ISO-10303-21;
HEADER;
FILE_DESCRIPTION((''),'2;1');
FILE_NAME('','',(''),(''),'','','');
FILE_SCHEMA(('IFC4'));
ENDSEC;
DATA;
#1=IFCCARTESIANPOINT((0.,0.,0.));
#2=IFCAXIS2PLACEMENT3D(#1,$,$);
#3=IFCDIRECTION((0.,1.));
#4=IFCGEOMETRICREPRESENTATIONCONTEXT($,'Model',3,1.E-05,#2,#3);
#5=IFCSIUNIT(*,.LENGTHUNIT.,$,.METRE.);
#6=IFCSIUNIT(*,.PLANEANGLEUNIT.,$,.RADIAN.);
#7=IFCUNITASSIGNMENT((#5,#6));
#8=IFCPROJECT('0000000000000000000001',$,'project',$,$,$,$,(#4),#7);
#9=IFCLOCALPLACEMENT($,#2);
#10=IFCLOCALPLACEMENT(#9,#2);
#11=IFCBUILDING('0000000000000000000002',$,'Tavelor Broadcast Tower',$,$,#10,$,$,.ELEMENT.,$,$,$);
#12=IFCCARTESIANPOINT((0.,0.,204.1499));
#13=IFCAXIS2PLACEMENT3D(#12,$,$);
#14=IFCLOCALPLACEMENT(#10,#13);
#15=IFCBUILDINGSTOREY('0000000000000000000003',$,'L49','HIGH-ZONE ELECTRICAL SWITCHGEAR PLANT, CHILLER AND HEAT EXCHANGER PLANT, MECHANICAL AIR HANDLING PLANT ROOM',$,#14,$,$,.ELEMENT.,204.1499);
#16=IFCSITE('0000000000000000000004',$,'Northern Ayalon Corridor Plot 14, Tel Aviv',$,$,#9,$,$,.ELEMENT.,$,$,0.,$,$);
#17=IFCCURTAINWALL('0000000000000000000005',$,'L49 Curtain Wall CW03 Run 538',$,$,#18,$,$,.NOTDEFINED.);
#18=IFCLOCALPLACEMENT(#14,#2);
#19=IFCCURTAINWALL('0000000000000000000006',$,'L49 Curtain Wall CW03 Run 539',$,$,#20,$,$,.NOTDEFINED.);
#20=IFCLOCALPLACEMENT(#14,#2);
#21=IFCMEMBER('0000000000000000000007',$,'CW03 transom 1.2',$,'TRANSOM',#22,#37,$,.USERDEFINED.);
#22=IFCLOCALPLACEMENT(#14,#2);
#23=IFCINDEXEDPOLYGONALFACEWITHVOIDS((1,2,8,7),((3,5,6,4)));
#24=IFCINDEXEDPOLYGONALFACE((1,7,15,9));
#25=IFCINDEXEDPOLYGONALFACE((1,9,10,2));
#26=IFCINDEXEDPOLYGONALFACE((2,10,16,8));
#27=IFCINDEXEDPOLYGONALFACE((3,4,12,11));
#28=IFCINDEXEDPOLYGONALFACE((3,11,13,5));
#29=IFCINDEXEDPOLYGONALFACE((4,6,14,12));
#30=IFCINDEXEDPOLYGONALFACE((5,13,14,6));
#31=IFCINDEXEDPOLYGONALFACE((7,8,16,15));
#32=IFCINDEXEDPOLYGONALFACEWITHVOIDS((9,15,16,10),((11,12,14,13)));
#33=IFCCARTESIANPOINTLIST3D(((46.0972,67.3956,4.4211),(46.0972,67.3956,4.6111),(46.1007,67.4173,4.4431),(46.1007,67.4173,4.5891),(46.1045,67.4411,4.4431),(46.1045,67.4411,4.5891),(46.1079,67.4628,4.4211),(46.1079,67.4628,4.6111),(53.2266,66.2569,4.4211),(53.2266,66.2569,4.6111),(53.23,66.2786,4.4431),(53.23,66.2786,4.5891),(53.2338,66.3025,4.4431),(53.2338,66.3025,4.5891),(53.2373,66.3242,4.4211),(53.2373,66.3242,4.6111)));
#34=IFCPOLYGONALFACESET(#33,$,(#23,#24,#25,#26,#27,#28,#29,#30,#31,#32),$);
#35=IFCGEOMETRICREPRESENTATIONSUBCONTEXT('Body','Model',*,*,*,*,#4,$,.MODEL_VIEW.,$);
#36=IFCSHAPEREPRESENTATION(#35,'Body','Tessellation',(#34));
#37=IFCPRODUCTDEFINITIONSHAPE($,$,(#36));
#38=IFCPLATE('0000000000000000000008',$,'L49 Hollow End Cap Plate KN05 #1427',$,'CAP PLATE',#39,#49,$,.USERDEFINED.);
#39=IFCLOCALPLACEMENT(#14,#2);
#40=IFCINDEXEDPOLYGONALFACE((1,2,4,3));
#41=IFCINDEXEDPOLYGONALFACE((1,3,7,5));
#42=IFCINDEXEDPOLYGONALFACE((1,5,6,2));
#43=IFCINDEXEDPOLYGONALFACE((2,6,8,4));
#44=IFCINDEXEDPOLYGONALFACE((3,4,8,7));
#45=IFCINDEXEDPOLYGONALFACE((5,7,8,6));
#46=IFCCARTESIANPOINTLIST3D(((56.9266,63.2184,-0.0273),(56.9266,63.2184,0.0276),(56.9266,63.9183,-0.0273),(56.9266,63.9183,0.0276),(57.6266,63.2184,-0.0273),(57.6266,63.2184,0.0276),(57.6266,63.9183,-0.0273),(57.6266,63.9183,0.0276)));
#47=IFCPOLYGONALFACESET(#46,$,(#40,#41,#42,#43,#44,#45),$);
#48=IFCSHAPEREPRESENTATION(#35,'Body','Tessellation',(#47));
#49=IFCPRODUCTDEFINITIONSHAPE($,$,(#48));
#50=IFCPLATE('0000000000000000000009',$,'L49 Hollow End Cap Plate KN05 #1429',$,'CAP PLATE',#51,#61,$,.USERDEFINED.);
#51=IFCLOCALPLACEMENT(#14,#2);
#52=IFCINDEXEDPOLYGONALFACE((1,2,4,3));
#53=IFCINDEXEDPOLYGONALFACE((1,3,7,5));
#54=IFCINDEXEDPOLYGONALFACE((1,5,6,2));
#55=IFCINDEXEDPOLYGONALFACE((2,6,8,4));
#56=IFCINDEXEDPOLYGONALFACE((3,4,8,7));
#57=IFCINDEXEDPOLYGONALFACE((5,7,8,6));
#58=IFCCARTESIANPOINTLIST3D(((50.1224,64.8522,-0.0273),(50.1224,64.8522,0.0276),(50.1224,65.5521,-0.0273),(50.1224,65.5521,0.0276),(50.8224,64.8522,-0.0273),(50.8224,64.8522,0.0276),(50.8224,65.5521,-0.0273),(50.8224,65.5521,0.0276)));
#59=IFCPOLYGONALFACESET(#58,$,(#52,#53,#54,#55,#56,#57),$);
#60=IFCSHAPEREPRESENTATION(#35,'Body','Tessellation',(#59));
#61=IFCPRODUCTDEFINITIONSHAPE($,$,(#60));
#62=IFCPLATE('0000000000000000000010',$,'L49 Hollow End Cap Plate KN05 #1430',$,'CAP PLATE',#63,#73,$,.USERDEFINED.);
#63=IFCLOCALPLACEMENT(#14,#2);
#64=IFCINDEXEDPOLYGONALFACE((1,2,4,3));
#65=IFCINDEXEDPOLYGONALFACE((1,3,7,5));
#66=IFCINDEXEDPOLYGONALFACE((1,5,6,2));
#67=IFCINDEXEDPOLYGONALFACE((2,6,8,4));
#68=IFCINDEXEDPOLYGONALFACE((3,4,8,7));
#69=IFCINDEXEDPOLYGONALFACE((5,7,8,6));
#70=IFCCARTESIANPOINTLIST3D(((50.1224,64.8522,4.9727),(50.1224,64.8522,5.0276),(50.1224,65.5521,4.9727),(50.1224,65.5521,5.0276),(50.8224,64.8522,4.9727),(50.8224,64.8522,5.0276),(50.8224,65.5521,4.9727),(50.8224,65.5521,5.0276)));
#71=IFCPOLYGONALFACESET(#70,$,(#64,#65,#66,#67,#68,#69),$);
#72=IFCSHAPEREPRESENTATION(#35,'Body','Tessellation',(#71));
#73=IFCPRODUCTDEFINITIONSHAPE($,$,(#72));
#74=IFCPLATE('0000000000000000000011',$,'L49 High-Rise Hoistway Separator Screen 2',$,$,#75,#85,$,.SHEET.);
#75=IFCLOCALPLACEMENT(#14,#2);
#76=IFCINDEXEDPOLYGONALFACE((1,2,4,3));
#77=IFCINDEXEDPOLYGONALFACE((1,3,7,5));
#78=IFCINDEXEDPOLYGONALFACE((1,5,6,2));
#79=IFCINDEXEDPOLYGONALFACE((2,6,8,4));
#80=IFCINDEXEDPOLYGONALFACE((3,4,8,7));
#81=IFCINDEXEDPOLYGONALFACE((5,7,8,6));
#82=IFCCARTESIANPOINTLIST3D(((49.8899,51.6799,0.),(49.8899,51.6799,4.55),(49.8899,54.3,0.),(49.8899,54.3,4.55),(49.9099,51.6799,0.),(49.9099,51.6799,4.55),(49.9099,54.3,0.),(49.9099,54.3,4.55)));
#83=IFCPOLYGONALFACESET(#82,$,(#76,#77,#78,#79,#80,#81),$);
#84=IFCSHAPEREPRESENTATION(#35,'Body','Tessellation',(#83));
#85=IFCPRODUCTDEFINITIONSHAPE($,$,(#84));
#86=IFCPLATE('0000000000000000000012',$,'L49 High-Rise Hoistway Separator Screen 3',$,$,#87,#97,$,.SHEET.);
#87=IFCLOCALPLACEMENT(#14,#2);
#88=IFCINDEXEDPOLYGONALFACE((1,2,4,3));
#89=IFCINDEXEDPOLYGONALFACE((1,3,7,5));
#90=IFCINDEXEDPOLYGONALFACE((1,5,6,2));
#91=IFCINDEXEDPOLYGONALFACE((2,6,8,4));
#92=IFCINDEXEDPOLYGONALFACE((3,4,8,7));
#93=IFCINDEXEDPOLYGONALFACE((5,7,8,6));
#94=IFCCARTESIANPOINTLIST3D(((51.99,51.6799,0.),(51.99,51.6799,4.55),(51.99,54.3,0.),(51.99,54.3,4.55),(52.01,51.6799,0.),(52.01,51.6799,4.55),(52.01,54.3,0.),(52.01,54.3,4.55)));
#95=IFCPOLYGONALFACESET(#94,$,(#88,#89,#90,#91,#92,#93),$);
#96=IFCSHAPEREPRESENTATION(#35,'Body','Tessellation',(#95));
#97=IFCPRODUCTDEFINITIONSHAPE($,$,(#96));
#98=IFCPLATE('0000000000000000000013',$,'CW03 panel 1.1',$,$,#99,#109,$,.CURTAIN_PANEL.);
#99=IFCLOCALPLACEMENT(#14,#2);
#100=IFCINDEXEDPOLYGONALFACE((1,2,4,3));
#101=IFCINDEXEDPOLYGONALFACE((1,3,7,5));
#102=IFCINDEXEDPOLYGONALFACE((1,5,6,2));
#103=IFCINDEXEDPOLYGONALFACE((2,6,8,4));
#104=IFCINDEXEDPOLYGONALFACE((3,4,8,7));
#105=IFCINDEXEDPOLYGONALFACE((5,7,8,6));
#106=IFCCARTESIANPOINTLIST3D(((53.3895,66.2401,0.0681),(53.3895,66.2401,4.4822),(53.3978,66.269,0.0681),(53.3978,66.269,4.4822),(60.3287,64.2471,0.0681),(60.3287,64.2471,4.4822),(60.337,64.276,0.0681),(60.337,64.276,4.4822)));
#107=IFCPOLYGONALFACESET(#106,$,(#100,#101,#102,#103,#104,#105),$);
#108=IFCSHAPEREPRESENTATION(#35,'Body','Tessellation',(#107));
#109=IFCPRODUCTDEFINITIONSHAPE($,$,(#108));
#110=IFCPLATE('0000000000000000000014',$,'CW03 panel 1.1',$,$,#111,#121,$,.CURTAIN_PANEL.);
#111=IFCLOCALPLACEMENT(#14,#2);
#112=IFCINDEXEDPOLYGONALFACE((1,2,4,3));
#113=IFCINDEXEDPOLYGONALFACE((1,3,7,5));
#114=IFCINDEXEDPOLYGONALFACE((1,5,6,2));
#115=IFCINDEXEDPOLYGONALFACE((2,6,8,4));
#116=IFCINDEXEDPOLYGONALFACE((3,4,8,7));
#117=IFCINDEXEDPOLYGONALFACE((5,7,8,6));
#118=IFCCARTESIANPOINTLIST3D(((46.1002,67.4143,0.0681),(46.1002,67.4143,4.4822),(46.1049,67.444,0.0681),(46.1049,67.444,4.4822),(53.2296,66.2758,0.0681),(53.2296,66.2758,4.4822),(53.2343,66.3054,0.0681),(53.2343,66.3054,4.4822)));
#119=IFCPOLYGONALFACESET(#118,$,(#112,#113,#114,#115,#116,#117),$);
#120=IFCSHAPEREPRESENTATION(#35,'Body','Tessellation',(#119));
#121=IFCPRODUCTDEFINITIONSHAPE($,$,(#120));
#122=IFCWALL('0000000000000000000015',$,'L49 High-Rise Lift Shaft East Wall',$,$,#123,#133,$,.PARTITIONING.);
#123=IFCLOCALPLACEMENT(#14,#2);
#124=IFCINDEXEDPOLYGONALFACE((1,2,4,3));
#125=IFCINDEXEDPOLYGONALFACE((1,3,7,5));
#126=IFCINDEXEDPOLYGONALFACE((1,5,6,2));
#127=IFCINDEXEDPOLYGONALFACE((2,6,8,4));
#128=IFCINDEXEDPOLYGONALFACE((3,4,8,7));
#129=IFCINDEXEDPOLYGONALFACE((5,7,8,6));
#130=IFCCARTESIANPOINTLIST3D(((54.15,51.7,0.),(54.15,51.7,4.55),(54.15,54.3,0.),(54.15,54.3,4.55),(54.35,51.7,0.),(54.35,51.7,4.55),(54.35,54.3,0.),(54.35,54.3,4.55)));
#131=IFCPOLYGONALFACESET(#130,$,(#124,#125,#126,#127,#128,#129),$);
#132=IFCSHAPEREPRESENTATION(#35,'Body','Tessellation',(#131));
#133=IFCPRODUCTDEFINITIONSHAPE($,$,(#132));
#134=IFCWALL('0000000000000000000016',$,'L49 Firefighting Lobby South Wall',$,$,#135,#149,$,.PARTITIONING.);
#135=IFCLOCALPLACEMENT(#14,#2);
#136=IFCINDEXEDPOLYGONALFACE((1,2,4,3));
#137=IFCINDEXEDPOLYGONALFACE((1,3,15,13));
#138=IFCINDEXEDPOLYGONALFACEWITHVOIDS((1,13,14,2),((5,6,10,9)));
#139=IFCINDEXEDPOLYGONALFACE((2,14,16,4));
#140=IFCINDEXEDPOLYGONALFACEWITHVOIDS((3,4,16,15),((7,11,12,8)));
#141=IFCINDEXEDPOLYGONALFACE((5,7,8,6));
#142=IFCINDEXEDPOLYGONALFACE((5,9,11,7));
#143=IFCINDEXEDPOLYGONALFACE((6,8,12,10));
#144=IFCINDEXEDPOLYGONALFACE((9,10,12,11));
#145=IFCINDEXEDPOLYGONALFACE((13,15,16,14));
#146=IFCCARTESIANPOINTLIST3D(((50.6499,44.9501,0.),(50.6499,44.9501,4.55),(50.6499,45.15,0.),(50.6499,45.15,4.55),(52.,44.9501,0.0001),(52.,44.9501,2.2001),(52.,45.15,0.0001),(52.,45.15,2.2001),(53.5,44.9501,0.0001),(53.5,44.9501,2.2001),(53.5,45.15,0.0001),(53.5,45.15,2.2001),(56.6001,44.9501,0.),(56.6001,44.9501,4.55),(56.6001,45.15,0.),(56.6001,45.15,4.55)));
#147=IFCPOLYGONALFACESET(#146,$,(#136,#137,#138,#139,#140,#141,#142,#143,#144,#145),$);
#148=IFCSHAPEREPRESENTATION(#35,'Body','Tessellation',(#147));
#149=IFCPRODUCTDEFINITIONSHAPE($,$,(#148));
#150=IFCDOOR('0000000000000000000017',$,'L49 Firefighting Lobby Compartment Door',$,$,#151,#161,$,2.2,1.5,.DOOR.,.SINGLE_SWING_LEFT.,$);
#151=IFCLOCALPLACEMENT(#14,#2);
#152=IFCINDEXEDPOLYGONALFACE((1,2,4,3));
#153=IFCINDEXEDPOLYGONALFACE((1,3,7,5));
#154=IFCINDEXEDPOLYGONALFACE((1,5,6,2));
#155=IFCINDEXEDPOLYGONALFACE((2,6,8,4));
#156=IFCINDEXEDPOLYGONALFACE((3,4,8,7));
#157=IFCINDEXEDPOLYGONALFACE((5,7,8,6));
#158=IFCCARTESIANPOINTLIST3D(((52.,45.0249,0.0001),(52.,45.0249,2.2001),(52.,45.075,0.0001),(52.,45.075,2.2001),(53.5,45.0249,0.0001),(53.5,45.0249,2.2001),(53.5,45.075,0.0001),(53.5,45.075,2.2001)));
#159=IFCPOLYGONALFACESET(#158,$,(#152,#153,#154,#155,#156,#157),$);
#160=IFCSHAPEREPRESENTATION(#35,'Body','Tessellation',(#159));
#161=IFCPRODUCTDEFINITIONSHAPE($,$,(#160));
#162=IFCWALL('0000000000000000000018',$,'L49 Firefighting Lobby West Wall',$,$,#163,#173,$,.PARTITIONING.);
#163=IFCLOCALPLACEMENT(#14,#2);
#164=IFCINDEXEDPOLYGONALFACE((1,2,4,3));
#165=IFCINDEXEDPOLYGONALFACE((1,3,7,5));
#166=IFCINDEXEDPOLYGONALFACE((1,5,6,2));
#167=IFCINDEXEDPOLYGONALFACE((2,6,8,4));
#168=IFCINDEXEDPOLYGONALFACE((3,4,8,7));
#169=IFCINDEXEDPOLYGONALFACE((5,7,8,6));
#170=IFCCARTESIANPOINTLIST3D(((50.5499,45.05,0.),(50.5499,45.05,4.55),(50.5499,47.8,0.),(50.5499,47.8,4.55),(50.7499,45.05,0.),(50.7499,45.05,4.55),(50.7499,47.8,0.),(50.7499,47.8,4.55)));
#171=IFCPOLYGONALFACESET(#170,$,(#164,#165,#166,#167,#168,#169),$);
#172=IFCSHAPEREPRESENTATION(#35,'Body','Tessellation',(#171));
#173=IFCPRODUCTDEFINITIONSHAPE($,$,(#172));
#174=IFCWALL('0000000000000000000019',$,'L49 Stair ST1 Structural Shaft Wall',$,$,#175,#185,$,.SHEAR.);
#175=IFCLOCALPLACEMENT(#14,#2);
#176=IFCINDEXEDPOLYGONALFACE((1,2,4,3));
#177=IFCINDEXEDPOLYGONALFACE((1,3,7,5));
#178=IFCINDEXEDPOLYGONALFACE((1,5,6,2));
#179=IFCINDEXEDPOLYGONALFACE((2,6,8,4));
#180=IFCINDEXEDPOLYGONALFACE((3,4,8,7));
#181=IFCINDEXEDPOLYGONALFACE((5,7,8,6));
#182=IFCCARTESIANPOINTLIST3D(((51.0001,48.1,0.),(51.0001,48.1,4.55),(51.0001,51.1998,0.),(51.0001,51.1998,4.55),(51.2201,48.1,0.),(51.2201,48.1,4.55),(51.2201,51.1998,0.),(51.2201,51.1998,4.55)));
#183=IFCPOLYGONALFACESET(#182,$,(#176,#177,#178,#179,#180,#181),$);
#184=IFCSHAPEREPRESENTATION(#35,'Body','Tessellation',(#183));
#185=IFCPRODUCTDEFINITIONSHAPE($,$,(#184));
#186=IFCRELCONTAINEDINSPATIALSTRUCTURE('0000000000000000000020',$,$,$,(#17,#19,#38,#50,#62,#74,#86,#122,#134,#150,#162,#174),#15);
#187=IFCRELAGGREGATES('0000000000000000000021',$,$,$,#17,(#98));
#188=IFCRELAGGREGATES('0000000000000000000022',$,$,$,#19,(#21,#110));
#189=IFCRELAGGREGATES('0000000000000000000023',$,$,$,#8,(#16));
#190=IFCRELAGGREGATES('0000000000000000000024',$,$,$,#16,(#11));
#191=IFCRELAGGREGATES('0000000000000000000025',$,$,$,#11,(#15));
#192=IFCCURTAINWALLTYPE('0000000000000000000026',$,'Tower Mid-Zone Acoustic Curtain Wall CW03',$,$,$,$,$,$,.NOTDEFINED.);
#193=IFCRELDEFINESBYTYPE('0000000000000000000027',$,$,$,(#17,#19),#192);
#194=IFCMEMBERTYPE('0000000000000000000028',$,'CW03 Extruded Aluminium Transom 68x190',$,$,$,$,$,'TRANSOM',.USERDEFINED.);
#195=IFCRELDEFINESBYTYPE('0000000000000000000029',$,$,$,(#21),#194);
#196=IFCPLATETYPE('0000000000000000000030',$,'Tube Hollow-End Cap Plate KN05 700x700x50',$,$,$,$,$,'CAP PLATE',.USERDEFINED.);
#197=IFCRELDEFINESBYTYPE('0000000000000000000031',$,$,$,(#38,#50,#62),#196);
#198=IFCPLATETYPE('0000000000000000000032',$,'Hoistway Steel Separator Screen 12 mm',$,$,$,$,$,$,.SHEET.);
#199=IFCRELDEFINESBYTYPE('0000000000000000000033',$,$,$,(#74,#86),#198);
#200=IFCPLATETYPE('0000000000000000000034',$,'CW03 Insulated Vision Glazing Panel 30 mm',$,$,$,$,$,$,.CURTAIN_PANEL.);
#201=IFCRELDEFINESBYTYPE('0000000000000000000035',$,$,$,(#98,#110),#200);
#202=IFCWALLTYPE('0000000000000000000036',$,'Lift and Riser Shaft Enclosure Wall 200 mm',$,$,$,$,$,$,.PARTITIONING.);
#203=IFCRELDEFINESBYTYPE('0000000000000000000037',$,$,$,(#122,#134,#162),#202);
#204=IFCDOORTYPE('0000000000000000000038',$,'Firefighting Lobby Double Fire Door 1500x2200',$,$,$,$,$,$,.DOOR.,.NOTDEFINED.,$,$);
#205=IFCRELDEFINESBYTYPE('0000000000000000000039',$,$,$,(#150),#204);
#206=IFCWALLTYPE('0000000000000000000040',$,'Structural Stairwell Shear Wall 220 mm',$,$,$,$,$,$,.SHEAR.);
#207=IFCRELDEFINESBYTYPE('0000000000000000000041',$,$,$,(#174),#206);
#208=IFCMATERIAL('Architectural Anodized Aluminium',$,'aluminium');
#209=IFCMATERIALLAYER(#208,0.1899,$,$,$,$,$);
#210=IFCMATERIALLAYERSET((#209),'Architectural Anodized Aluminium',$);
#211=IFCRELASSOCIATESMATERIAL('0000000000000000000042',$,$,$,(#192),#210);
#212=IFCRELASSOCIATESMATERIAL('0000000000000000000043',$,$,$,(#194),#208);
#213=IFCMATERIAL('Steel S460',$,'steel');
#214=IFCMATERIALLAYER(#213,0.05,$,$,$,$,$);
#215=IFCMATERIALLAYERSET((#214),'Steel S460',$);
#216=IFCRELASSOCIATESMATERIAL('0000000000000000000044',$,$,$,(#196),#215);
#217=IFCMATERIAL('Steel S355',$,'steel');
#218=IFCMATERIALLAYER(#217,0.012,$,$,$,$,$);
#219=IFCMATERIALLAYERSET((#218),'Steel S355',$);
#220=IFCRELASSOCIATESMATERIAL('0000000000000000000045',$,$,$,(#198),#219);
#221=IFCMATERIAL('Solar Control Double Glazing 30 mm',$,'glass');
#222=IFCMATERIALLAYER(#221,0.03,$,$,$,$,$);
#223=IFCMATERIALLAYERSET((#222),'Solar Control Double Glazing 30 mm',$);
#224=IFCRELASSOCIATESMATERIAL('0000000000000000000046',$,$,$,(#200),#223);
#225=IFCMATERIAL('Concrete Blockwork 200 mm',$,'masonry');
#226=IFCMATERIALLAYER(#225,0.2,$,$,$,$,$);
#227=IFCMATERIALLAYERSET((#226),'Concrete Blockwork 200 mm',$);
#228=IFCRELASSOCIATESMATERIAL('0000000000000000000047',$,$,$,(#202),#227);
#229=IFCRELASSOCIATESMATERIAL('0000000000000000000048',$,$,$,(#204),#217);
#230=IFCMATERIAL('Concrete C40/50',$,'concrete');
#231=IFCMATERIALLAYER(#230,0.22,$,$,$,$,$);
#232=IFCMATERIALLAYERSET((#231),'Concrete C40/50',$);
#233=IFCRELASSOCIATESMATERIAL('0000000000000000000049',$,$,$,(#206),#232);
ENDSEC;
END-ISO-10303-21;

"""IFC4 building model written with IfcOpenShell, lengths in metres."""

from ifc_helpers import new_model, si_unit, direction, frame, frame_2d, origin, origin_2d, place, context, subcontext, project, spatial, rectangle, hollow_rectangle, extrude, source, transform, mapped, material, layer, layer_set, material_profile, profile_set, type_object, type_shapes, element, fill, aggregate, save


model = new_model("IFC4")

# Units and contexts
model_context = context("Model", 3, precision=1e-05, world=origin(), true_north=direction((0.0, 1.0)))
body_context = subcontext(model_context, "Body", "Model", "MODEL_VIEW")
ifc_project = project(units=[si_unit("LENGTHUNIT", "METRE"), si_unit("PLANEANGLEUNIT", "RADIAN")], contexts=[model_context])

# Site, building, storey
site_placement = place(None, origin())
site = spatial("IfcSite", under=ifc_project, at=site_placement, Name="Northern Ayalon Corridor Plot 14, Tel Aviv", CompositionType="ELEMENT", RefElevation=0.0)
building_placement = place(site_placement, origin())
building = spatial("IfcBuilding", under=site, at=building_placement, Name="Tavelor Broadcast Tower", CompositionType="ELEMENT")
storey_placement = place(building_placement, frame((0.0, 0.0, 204.1499)))
storey = spatial("IfcBuildingStorey", under=building, at=storey_placement, Name="L49", Description="HIGH-ZONE ELECTRICAL SWITCHGEAR PLANT, CHILLER AND HEAT EXCHANGER PLANT, MECHANICAL AIR HANDLING PLANT ROOM", CompositionType="ELEMENT", Elevation=204.1499)

# Shared definitions
ifc_material_1 = material(Name="Steel S460", Category="steel")

# Shared definitions
ifc_material_2 = material(Name="Concrete C40/50", Category="concrete")
ifc_material_3 = material(Name="Steel S355", Category="steel")

# Curtain wall
ifc_material_4 = material(Name="Architectural Anodized Aluminium", Category="aluminium")
ifc_layer_1 = layer(ifc_material_4, 0.1899)
ifc_layer_set_1 = layer_set([ifc_layer_1], Name="Architectural Anodized Aluminium")
curtain_wall_type = type_object("IfcCurtainWallType", Name="Tower Mid-Zone Acoustic Curtain Wall CW03", PredefinedType="NOTDEFINED", material=ifc_layer_set_1)
curtain_wall_1_placement = place(storey_placement, origin())
curtain_wall_1 = element("IfcCurtainWall", 1, at=curtain_wall_1_placement, inside=storey, type_object=curtain_wall_type, Name="L49 Curtain Wall CW03 Run 538", PredefinedType="NOTDEFINED")

# Curtain wall, member
curtain_wall_2_placement = place(storey_placement, origin())
curtain_wall_2 = element("IfcCurtainWall", 2, at=curtain_wall_2_placement, inside=storey, type_object=curtain_wall_type, Name="L49 Curtain Wall CW03 Run 539", PredefinedType="NOTDEFINED")
ifc_material_profile_1 = material_profile(ifc_material_4, hollow_rectangle(XDim=0.0681, YDim=0.1899, WallThickness=0.022, at=origin_2d()), Name="RHS 68x190x22")
ifc_profile_set_1 = profile_set([ifc_material_profile_1], Name="Architectural Anodized Aluminium")
member_type_1 = type_object("IfcMemberType", Name="CW03 Extruded Aluminium Transom 68x190", ElementType="TRANSOM", PredefinedType="USERDEFINED", material=ifc_profile_set_1)
shared_shape_1 = source(origin(), body_context, "Body", "SweptSolid", [
    extrude(hollow_rectangle(XDim=0.0681, YDim=0.1899, WallThickness=0.022, at=origin_2d()), origin(), (0.0, 0.0, 1.0), 7.2197),
])
type_shapes(member_type_1, [shared_shape_1])
member_1_placement = place(storey_placement, frame((53.2319, 66.2905, 4.5161), z_axis=(-0.987484, 0.157716, 0.0), x_axis=(-0.157716, -0.987484, 0.0)))
member_1 = element("IfcMember", 3, at=member_1_placement, type_object=member_type_1, Name="CW03 transom 1.2", ObjectType="TRANSOM", PredefinedType="USERDEFINED", context=body_context, shape_type="MappedRepresentation", body=[
    mapped(shared_shape_1, transform((0.0, 0.0, 0.0), scale=1.0)),
])

# Plates
ifc_layer_2 = layer(ifc_material_1, 0.05)
ifc_layer_set_2 = layer_set([ifc_layer_2], Name="Steel S460")
plate_type_1 = type_object("IfcPlateType", Name="Tube Hollow-End Cap Plate KN05 700x700x50", ElementType="CAP PLATE", PredefinedType="USERDEFINED", material=ifc_layer_set_2)
shared_shape_2 = source(origin(), body_context, "Body", "SweptSolid", [
    extrude(rectangle(XDim=0.7, YDim=0.7, at=origin_2d()), origin(), (0.0, 0.0, 1.0), 0.0549),
])
type_shapes(plate_type_1, [shared_shape_2])
for number, where, z_axis, x_axis, name in (
    (4, (57.2766, 63.5684, -0.0273), (0.0, 0.0, 1.0), (1.0, 0.0, 0.0), "L49 Hollow End Cap Plate KN05 #1427"),
    (5, (50.4724, 65.2021, -0.0273), (0.0, 0.0, 1.0), (1.0, 0.0, 0.0), "L49 Hollow End Cap Plate KN05 #1429"),
    (6, (50.4724, 65.2021, 4.9727), (0.0, 0.0, 1.0), (1.0, 0.0, 0.0), "L49 Hollow End Cap Plate KN05 #1430"),
):
    element("IfcPlate", number, at=place(storey_placement, frame(where, z_axis=z_axis, x_axis=x_axis)), inside=storey, type_object=plate_type_1, Name=name, ObjectType="CAP PLATE", PredefinedType="USERDEFINED", context=body_context, shape_type="MappedRepresentation", body=[
        mapped(shared_shape_2, transform((0.0, 0.0, 0.0), scale=1.0)),
    ])
ifc_layer_3 = layer(ifc_material_3, 0.012)
ifc_layer_set_3 = layer_set([ifc_layer_3], Name="Steel S355")
plate_type_2 = type_object("IfcPlateType", Name="Hoistway Steel Separator Screen 12 mm", PredefinedType="SHEET", material=ifc_layer_set_3)
shared_shape_3 = source(origin(), body_context, "Body", "SweptSolid", [
    extrude(rectangle(XDim=0.02, YDim=2.6201, at=origin_2d()), origin(), (0.0, 0.0, 1.0), 4.55),
])
type_shapes(plate_type_2, [shared_shape_3])
for number, where, z_axis, x_axis, name in (
    (7, (49.8999, 52.99, 0.0), (0.0, 0.0, 1.0), (1.0, 0.0, 0.0), "L49 High-Rise Hoistway Separator Screen 2"),
    (8, (52.0, 52.99, 0.0), (0.0, 0.0, 1.0), (1.0, 0.0, 0.0), "L49 High-Rise Hoistway Separator Screen 3"),
):
    element("IfcPlate", number, at=place(storey_placement, frame(where, z_axis=z_axis, x_axis=x_axis)), inside=storey, type_object=plate_type_2, Name=name, PredefinedType="SHEET", context=body_context, shape_type="MappedRepresentation", body=[
        mapped(shared_shape_3, transform((0.0, 0.0, 0.0), scale=1.0)),
    ])

# Plates
ifc_material_5 = material(Name="Solar Control Double Glazing 30 mm", Category="glass")
ifc_layer_4 = layer(ifc_material_5, 0.03)
ifc_layer_set_4 = layer_set([ifc_layer_4], Name="Solar Control Double Glazing 30 mm")
plate_type_3 = type_object("IfcPlateType", Name="CW03 Insulated Vision Glazing Panel 30 mm", PredefinedType="CURTAIN_PANEL", material=ifc_layer_set_4)
shared_shape_4 = source(origin(), body_context, "Body", "SweptSolid", [
    extrude(rectangle(XDim=7.2197, YDim=0.03, at=origin_2d()), origin(), (0.0, 0.0, 1.0), 4.4141),
])
type_shapes(plate_type_3, [shared_shape_4])
plate_1_placement = place(storey_placement, frame((56.8633, 65.2581, 0.0681), z_axis=(0.0, 0.0, 1.0), x_axis=(-0.961142, 0.276053, 0.0)))
plate_1 = element("IfcPlate", 9, at=plate_1_placement, type_object=plate_type_3, Name="CW03 panel 1.1", PredefinedType="CURTAIN_PANEL", context=body_context, shape_type="MappedRepresentation", body=[
    mapped(shared_shape_4, transform((0.0, 0.0, 0.0), scale=1.0)),
])
aggregate(curtain_wall_1, [plate_1])
plate_2_placement = place(storey_placement, frame((49.6672, 66.8599, 0.0681), z_axis=(0.0, 0.0, 1.0), x_axis=(-0.987487, 0.157698, 0.0)))
plate_2 = element("IfcPlate", 10, at=plate_2_placement, type_object=plate_type_3, Name="CW03 panel 1.1", PredefinedType="CURTAIN_PANEL", context=body_context, shape_type="MappedRepresentation", body=[
    mapped(shared_shape_4, transform((0.0, 0.0, 0.0), scale=1.0)),
])
aggregate(curtain_wall_2, [member_1, plate_2])

# Wall
ifc_material_6 = material(Name="Concrete Blockwork 200 mm", Category="masonry")
ifc_layer_5 = layer(ifc_material_6, 0.2)
ifc_layer_set_5 = layer_set([ifc_layer_5], Name="Concrete Blockwork 200 mm")
wall_type_1 = type_object("IfcWallType", Name="Lift and Riser Shaft Enclosure Wall 200 mm", PredefinedType="PARTITIONING", material=ifc_layer_set_5)
wall_1_placement = place(storey_placement, frame((54.25, 51.7, 0.0), z_axis=(0.0, 0.0, 1.0), x_axis=(0.0, 1.0, 0.0)))
element("IfcWall", 11, at=wall_1_placement, inside=storey, type_object=wall_type_1, Name="L49 High-Rise Lift Shaft East Wall", PredefinedType="PARTITIONING", context=body_context, shape_type="SweptSolid", body=[
    extrude(rectangle(XDim=2.6001, YDim=0.2, at=frame_2d((1.3, 0.0))), origin(), (0.0, 0.0, 1.0), 4.55),
])

# Wall, opening, door
wall_2_placement = place(storey_placement, frame((50.6499, 45.05, 0.0), z_axis=(0.0, 0.0, 1.0), x_axis=(1.0, 0.0, 0.0)))
wall_2 = element("IfcWall", 12, at=wall_2_placement, inside=storey, type_object=wall_type_1, Name="L49 Firefighting Lobby South Wall", PredefinedType="PARTITIONING", context=body_context, shape_type="SweptSolid", body=[
    extrude(rectangle(XDim=5.9502, YDim=0.2, at=frame_2d((2.9751, 0.0))), origin(), (0.0, 0.0, 1.0), 4.55),
])
opening_1_placement = place(wall_2_placement, frame((1.3501, 0.0, 0.0)))
opening_1 = element("IfcOpeningElement", 13, at=opening_1_placement, cuts=wall_2, PredefinedType="OPENING", context=body_context, shape_type="SweptSolid", body=[
    extrude(rectangle(XDim=1.5, YDim=2.2, at=frame_2d((0.75, 1.1001))), frame((0.0, 0.1099, 0.0), z_axis=(0.0, -1.0, 0.0), x_axis=(1.0, 0.0, 0.0)), (0.0, 0.0, 1.0), 0.22),
])
door_type_1 = type_object("IfcDoorType", Name="Firefighting Lobby Double Fire Door 1500x2200", OperationType="NOTDEFINED", PredefinedType="DOOR", material=ifc_material_3)
door_1_placement = place(opening_1_placement, origin())
door_1 = element("IfcDoor", 14, at=door_1_placement, inside=storey, type_object=door_type_1, Name="L49 Firefighting Lobby Compartment Door", OperationType="SINGLE_SWING_LEFT", OverallHeight=2.2, OverallWidth=1.5, PredefinedType="DOOR", context=body_context, shape_type="SweptSolid", body=[
    extrude(rectangle(XDim=1.5, YDim=2.2, at=frame_2d((0.75, 1.1001))), frame((0.0, 0.0249, 0.0), z_axis=(0.0, -1.0, 0.0), x_axis=(1.0, 0.0, 0.0)), (0.0, 0.0, 1.0), 0.05),
])
fill(opening_1, door_1)

# Walls
wall_3_placement = place(storey_placement, frame((50.6499, 45.05, 0.0), z_axis=(0.0, 0.0, 1.0), x_axis=(0.0, 1.0, 0.0)))
element("IfcWall", 15, at=wall_3_placement, inside=storey, type_object=wall_type_1, Name="L49 Firefighting Lobby West Wall", PredefinedType="PARTITIONING", context=body_context, shape_type="SweptSolid", body=[
    extrude(rectangle(XDim=2.75, YDim=0.2, at=frame_2d((1.375, 0.0))), origin(), (0.0, 0.0, 1.0), 4.55),
])
ifc_layer_6 = layer(ifc_material_2, 0.22)
ifc_layer_set_6 = layer_set([ifc_layer_6], Name="Concrete C40/50")
wall_type_2 = type_object("IfcWallType", Name="Structural Stairwell Shear Wall 220 mm", PredefinedType="SHEAR", material=ifc_layer_set_6)
wall_4_placement = place(storey_placement, frame((51.1101, 48.1001, 0.0), z_axis=(0.0, 0.0, 1.0), x_axis=(0.0, 1.0, 0.0)))
element("IfcWall", 16, at=wall_4_placement, inside=storey, type_object=wall_type_2, Name="L49 Stair ST1 Structural Shaft Wall", PredefinedType="SHEAR", context=body_context, shape_type="SweptSolid", body=[
    extrude(rectangle(XDim=3.0999, YDim=0.22, at=frame_2d((1.5498, 0.0))), origin(), (0.0, 0.0, 1.0), 4.55),
])

save(model, "model.ifc")
